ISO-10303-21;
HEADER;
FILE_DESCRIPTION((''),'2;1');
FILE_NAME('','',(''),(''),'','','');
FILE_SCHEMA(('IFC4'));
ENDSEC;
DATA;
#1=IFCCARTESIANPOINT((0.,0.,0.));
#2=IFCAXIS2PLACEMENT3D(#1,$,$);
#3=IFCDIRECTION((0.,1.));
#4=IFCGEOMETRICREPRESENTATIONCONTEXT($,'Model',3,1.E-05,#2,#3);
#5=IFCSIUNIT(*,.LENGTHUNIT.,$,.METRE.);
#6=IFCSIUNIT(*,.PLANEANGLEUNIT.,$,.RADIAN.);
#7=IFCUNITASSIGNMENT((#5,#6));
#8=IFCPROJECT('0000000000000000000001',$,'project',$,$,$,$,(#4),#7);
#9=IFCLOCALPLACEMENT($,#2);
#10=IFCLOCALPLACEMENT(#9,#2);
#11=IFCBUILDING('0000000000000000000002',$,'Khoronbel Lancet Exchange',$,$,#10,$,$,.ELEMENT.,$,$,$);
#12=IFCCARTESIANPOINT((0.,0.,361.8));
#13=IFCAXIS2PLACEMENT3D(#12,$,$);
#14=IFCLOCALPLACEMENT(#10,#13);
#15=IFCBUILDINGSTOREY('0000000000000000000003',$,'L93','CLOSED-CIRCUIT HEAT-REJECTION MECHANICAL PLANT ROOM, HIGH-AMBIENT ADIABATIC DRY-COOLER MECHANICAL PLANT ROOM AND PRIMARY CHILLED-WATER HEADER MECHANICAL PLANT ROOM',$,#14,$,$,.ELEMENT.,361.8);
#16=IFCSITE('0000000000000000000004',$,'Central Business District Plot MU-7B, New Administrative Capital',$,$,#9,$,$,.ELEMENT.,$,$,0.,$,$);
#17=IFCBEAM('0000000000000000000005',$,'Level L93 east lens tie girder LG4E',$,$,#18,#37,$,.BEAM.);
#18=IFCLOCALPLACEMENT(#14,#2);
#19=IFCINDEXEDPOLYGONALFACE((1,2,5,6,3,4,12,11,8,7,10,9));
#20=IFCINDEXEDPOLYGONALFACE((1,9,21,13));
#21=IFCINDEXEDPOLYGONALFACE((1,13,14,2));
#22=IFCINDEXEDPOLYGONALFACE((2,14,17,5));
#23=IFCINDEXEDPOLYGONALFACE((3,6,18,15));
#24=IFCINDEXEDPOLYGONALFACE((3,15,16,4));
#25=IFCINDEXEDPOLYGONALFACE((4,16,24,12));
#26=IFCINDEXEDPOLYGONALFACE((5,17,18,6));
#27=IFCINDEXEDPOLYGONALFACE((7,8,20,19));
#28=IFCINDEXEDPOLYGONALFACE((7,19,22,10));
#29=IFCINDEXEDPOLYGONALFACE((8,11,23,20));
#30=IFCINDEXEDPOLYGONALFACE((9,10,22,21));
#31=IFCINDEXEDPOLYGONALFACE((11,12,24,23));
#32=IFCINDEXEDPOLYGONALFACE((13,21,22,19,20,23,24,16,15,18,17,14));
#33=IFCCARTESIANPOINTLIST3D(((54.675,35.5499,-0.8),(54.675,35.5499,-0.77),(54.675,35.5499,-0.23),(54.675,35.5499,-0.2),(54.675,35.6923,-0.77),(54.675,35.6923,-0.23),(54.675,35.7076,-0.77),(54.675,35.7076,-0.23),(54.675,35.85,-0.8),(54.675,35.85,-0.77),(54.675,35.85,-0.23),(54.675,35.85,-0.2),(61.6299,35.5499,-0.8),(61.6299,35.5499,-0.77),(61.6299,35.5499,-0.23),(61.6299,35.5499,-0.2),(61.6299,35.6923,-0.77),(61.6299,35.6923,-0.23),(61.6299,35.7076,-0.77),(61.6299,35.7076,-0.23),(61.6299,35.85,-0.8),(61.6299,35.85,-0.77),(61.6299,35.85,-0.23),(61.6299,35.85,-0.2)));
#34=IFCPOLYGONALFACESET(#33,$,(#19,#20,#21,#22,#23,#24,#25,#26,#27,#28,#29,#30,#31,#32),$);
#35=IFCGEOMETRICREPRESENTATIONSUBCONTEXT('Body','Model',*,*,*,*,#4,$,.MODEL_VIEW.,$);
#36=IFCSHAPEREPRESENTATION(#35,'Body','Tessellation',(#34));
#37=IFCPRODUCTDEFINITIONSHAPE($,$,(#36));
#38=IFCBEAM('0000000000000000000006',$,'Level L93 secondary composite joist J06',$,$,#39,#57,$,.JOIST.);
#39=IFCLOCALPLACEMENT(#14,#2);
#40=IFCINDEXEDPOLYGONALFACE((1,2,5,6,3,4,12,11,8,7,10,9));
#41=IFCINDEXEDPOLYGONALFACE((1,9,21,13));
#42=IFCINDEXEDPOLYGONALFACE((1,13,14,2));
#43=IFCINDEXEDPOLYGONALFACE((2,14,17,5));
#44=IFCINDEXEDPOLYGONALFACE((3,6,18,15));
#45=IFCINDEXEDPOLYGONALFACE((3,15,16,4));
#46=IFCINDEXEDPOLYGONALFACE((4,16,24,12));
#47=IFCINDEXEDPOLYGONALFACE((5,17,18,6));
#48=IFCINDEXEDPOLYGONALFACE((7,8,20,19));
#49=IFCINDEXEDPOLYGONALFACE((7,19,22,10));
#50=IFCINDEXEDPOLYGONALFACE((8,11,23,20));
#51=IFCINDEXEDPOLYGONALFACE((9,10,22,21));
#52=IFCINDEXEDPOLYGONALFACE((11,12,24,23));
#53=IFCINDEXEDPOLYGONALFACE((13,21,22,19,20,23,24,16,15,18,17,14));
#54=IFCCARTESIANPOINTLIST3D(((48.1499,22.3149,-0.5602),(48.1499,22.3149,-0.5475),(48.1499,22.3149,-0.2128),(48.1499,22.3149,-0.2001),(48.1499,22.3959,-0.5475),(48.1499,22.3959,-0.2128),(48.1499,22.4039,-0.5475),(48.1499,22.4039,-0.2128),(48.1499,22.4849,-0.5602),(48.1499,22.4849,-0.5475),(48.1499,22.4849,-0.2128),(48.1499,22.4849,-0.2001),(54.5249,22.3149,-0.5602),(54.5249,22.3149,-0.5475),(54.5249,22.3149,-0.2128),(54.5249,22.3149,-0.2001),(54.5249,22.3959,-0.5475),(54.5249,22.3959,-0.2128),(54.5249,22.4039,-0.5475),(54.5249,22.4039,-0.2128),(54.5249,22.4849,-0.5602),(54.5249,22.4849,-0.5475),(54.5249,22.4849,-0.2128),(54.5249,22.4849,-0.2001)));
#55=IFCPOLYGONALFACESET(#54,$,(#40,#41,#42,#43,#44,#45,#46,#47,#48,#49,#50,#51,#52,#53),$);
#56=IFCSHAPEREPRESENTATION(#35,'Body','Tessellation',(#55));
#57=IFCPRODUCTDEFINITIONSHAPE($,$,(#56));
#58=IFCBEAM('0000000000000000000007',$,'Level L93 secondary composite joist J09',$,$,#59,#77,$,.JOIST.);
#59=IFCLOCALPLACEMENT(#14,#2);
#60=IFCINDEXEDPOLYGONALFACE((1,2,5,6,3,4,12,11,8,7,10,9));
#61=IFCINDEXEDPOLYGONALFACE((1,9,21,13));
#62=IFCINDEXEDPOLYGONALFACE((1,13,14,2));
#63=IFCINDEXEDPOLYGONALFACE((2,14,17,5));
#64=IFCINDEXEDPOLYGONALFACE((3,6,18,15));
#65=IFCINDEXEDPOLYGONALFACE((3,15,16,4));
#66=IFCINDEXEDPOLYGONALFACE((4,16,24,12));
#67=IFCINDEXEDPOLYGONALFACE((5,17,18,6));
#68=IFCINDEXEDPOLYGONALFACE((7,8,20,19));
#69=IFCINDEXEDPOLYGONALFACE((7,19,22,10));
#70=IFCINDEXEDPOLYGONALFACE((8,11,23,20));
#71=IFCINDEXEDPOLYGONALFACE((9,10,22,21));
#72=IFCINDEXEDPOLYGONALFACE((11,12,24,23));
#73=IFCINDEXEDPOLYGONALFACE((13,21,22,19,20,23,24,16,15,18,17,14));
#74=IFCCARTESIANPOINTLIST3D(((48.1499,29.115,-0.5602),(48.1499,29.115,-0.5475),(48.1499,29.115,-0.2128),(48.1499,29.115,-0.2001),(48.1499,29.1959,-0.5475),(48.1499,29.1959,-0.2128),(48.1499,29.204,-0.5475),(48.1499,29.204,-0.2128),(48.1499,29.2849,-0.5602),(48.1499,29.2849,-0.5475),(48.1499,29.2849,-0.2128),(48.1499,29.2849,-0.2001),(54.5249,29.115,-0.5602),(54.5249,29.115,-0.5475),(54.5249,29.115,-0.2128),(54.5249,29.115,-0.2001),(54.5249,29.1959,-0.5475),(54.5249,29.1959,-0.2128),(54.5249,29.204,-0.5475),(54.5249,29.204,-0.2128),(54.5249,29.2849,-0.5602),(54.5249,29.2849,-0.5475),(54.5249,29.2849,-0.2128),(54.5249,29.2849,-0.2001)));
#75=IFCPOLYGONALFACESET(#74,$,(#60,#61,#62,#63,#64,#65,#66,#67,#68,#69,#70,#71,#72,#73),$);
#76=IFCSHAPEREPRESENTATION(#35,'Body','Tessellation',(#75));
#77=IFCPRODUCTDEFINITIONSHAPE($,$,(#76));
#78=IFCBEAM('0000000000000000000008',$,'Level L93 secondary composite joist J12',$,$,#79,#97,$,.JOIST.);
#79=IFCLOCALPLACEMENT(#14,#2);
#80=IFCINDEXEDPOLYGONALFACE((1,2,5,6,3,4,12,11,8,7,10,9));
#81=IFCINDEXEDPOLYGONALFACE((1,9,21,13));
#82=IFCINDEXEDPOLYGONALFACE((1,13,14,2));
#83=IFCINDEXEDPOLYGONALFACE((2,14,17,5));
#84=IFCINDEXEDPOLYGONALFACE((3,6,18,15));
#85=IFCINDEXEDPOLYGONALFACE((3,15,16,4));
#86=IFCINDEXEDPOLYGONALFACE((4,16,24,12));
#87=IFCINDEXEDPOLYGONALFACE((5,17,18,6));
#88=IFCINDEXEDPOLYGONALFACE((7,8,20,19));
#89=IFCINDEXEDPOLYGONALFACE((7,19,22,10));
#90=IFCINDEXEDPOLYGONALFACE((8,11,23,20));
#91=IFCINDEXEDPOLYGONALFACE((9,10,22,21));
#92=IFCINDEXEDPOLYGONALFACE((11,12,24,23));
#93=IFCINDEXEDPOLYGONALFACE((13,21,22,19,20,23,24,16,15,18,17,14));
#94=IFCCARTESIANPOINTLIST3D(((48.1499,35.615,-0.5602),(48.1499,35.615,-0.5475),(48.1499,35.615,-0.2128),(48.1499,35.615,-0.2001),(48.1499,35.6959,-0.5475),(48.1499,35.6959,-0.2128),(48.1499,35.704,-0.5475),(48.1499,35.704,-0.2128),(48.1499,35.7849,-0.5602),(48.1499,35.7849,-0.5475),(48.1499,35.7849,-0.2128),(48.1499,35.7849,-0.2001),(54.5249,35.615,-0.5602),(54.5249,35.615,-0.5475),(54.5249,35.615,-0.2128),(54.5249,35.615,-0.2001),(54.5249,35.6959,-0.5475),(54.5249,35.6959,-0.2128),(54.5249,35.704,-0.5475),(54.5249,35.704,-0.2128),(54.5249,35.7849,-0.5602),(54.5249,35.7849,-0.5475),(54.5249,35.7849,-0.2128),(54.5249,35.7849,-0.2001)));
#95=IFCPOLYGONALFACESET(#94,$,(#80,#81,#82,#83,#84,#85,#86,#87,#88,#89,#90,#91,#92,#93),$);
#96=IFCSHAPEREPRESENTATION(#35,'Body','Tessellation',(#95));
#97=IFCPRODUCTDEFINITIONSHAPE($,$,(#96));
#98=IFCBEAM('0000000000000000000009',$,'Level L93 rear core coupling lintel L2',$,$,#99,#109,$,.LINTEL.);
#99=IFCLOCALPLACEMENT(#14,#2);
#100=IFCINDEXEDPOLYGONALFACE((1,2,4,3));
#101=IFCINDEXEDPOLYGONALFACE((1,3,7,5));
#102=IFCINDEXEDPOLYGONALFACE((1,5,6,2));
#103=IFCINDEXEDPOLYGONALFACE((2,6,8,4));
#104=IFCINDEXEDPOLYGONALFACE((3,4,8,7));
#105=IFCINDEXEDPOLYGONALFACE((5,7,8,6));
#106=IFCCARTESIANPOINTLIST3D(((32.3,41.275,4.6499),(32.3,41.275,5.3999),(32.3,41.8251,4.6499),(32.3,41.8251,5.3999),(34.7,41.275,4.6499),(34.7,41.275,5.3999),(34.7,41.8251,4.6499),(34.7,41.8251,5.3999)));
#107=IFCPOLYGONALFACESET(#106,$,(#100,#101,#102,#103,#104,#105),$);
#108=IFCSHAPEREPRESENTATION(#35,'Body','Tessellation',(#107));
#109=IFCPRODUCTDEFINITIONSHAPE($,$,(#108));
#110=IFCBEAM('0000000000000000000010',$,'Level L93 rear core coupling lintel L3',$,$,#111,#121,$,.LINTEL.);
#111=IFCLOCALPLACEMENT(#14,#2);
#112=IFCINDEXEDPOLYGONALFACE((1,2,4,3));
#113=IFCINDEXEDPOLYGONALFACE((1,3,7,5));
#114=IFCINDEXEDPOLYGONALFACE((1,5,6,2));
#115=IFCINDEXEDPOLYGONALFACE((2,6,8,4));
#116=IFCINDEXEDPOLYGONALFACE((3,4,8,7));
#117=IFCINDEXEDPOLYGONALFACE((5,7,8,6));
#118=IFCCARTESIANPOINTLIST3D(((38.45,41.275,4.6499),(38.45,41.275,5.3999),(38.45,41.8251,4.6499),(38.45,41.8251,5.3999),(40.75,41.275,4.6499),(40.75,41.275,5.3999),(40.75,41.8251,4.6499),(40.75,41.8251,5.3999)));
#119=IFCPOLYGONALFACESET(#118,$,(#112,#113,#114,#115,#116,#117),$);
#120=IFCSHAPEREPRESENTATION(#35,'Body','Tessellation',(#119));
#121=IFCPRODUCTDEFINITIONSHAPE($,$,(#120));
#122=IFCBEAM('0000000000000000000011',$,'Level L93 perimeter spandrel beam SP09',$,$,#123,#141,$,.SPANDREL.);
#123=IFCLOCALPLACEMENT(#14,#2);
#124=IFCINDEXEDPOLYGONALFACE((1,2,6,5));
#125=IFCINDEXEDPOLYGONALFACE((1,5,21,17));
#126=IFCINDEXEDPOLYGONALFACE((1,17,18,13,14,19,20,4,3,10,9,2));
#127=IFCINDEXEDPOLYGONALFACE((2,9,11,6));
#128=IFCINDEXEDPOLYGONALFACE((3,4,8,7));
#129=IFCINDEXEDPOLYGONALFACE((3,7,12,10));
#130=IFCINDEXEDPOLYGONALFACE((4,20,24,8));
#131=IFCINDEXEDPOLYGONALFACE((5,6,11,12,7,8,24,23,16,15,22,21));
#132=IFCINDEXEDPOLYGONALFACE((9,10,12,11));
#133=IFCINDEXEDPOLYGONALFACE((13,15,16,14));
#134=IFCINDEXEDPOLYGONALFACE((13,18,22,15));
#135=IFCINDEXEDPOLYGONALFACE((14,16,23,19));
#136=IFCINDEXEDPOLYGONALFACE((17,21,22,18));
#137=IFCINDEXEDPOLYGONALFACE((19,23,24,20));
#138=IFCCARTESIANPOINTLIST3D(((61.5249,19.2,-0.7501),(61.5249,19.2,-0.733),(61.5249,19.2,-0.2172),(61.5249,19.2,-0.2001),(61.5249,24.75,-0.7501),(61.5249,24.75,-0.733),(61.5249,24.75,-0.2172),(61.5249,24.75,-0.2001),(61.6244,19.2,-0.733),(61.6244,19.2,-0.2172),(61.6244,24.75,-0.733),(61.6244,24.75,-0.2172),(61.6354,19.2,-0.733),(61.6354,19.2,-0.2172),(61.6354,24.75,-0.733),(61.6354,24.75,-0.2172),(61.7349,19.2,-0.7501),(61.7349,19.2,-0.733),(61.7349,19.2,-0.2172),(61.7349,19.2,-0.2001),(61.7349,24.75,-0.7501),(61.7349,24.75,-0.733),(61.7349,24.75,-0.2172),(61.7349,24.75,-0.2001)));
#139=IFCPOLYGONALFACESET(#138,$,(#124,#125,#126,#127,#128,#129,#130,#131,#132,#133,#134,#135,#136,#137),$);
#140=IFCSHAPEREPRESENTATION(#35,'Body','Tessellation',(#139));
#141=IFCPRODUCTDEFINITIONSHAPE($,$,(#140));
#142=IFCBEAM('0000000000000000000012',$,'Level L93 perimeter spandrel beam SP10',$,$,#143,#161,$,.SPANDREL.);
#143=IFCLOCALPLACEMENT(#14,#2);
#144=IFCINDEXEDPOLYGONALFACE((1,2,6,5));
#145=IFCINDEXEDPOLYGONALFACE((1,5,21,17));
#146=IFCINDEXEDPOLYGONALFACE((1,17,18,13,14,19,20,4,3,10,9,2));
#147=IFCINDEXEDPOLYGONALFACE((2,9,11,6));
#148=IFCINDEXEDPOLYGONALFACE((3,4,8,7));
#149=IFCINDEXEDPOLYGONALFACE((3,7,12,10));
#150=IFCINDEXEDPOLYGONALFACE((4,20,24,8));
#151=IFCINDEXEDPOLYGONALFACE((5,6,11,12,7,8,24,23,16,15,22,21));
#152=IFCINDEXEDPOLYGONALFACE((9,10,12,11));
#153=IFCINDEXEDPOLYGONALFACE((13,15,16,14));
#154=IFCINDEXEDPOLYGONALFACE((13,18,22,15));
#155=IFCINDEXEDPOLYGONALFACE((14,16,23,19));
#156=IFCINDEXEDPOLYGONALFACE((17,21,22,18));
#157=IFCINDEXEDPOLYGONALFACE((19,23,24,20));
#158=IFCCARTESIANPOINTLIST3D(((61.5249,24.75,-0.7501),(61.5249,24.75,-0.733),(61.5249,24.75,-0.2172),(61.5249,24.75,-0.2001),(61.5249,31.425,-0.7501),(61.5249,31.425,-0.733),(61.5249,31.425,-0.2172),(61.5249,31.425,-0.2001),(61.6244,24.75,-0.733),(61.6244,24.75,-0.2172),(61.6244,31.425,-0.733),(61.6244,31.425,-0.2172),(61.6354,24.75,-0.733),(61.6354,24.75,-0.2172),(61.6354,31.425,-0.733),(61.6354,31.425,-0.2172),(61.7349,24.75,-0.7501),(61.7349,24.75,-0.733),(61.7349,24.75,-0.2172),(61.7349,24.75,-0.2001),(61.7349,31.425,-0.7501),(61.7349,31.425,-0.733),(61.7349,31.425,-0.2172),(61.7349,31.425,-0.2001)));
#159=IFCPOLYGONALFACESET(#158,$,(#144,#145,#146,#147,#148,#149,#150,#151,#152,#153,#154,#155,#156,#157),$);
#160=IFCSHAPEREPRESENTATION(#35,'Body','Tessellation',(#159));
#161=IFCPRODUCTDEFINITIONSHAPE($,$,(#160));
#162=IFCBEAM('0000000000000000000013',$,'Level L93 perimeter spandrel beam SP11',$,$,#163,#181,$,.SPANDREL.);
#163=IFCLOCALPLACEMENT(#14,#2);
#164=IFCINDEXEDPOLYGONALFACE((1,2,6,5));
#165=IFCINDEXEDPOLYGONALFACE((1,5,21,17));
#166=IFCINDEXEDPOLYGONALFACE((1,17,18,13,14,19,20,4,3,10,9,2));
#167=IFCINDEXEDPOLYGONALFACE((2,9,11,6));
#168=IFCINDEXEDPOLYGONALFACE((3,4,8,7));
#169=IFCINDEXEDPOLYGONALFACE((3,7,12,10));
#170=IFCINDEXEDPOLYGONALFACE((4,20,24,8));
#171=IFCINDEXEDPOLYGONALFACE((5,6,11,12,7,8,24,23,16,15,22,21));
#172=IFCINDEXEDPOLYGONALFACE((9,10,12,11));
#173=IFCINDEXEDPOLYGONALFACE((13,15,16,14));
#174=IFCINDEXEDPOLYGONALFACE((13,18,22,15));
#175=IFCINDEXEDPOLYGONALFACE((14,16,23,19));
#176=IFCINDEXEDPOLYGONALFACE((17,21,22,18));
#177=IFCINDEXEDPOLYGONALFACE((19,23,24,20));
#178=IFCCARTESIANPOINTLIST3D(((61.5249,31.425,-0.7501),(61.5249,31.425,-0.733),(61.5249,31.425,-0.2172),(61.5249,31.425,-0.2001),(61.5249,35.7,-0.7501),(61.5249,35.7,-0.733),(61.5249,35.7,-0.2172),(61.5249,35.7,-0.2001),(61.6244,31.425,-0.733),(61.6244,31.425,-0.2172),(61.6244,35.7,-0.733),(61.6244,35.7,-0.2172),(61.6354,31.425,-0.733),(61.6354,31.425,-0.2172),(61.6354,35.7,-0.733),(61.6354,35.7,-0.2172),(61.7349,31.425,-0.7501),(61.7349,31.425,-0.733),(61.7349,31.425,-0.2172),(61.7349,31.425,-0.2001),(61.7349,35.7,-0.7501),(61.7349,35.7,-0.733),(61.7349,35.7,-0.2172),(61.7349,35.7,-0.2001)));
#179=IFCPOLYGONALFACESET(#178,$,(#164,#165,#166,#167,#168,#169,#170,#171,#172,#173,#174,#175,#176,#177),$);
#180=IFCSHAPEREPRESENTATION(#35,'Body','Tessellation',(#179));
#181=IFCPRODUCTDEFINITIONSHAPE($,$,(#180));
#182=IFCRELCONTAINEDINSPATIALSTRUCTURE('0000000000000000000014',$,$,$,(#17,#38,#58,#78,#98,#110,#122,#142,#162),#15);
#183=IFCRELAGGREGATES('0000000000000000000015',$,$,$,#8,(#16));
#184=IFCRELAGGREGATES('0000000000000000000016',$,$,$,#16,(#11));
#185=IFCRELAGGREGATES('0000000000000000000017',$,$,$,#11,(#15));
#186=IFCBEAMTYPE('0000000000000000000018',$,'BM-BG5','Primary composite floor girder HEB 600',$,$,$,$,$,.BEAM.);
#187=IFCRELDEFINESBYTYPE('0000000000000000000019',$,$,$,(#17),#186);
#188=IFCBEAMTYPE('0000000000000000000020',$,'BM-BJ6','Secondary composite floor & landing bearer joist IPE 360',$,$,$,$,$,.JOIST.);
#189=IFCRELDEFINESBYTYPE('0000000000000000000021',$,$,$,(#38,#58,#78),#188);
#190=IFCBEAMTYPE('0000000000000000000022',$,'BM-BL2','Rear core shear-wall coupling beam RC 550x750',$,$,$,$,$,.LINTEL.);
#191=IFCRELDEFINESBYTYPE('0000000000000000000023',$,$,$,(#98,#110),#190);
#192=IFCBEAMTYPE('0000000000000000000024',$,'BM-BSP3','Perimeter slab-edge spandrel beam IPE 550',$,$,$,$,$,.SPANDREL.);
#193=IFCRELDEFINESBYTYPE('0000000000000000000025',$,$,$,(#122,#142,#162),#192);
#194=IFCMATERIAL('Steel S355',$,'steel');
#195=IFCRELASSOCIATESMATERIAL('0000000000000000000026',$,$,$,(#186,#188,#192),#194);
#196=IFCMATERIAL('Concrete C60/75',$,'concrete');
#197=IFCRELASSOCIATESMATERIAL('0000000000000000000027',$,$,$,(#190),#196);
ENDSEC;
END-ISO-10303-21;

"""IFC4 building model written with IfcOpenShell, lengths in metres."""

from ifc_helpers import new_model, si_unit, direction, frame, origin, origin_2d, place, context, subcontext, project, spatial, rectangle, i_section, extrude, material, material_profile, profile_set, type_object, element, save


model = new_model("IFC4")

# Units and contexts
model_context = context("Model", 3, precision=1e-05, world=origin(), true_north=direction((0.0, 1.0)))
body_context = subcontext(model_context, "Body", "Model", "MODEL_VIEW")
ifc_project = project(units=[si_unit("LENGTHUNIT", "METRE"), si_unit("PLANEANGLEUNIT", "RADIAN")], contexts=[model_context])

# Site, building, storey
site_placement = place(None, origin())
site = spatial("IfcSite", under=ifc_project, at=site_placement, Name="Central Business District Plot MU-7B, New Administrative Capital", CompositionType="ELEMENT", RefElevation=0.0)
building_placement = place(site_placement, origin())
building = spatial("IfcBuilding", under=site, at=building_placement, Name="Khoronbel Lancet Exchange", CompositionType="ELEMENT")
storey_placement = place(building_placement, frame((0.0, 0.0, 361.8)))
storey = spatial("IfcBuildingStorey", under=building, at=storey_placement, Name="L93", Description="CLOSED-CIRCUIT HEAT-REJECTION MECHANICAL PLANT ROOM, HIGH-AMBIENT ADIABATIC DRY-COOLER MECHANICAL PLANT ROOM AND PRIMARY CHILLED-WATER HEADER MECHANICAL PLANT ROOM", CompositionType="ELEMENT", Elevation=361.8)

# Shared definitions
ifc_material_1 = material(Name="Steel S355", Category="steel")

# Beams
ifc_material_profile_1 = material_profile(ifc_material_1, i_section(OverallWidth=0.3, OverallDepth=0.6001, WebThickness=0.0154, FlangeThickness=0.03, at=origin_2d()), Name="HEB 600")
ifc_profile_set_1 = profile_set([ifc_material_profile_1], Name="Steel S355")
beam_type_1 = type_object("IfcBeamType", Name="BM-BG5", Description="Primary composite floor girder HEB 600", PredefinedType="BEAM", material=ifc_profile_set_1)
for number, where, z_axis, x_axis, name in (
    (1, (54.675, 35.7, -0.5), (1.0, 0.0, 0.0), (0.0, 1.0, 0.0), "Level L93 east lens tie girder LG4E"),
):
    element("IfcBeam", number, at=place(storey_placement, frame(where, z_axis=z_axis, x_axis=x_axis)), inside=storey, type_object=beam_type_1, Name=name, PredefinedType="BEAM", context=body_context, shape_type="SweptSolid", body=[
        extrude(i_section(OverallWidth=0.3, OverallDepth=0.6001, WebThickness=0.0154, FlangeThickness=0.03, at=origin_2d()), origin(), (0.0, 0.0, 1.0), 6.9548),
    ])
ifc_material_profile_2 = material_profile(ifc_material_1, i_section(OverallWidth=0.1699, OverallDepth=0.3601, WebThickness=0.0081, FlangeThickness=0.0127, at=origin_2d()), Name="IPE 360")
ifc_profile_set_2 = profile_set([ifc_material_profile_2], Name="Steel S355")
beam_type_2 = type_object("IfcBeamType", Name="BM-BJ6", Description="Secondary composite floor & landing bearer joist IPE 360", PredefinedType="JOIST", material=ifc_profile_set_2)
for number, where, z_axis, x_axis, name in (
    (2, (48.1499, 22.3999, -0.3801), (1.0, 0.0, 0.0), (0.0, 1.0, 0.0), "Level L93 secondary composite joist J06"),
    (3, (48.1499, 29.2, -0.3801), (1.0, 0.0, 0.0), (0.0, 1.0, 0.0), "Level L93 secondary composite joist J09"),
    (4, (48.1499, 35.7, -0.3801), (1.0, 0.0, 0.0), (0.0, 1.0, 0.0), "Level L93 secondary composite joist J12"),
):
    element("IfcBeam", number, at=place(storey_placement, frame(where, z_axis=z_axis, x_axis=x_axis)), inside=storey, type_object=beam_type_2, Name=name, PredefinedType="JOIST", context=body_context, shape_type="SweptSolid", body=[
        extrude(i_section(OverallWidth=0.1699, OverallDepth=0.3601, WebThickness=0.0081, FlangeThickness=0.0127, at=origin_2d()), origin(), (0.0, 0.0, 1.0), 6.375),
    ])
ifc_material_2 = material(Name="Concrete C60/75", Category="concrete")
ifc_material_profile_3 = material_profile(ifc_material_2, rectangle(XDim=0.55, YDim=0.75, at=origin_2d()), Name="RC 550x750")
ifc_profile_set_3 = profile_set([ifc_material_profile_3], Name="Concrete C60/75")
beam_type_3 = type_object("IfcBeamType", Name="BM-BL2", Description="Rear core shear-wall coupling beam RC 550x750", PredefinedType="LINTEL", material=ifc_profile_set_3)
beam_1_placement = place(storey_placement, frame((32.3, 41.55, 5.0249), z_axis=(1.0, 0.0, 0.0), x_axis=(0.0, 1.0, 0.0)))
element("IfcBeam", 5, at=beam_1_placement, inside=storey, type_object=beam_type_3, Name="Level L93 rear core coupling lintel L2", PredefinedType="LINTEL", context=body_context, shape_type="SweptSolid", body=[
    extrude(rectangle(XDim=0.55, YDim=0.75, at=origin_2d()), origin(), (0.0, 0.0, 1.0), 2.3999),
])
beam_2_placement = place(storey_placement, frame((38.45, 41.55, 5.0249), z_axis=(1.0, 0.0, 0.0), x_axis=(0.0, 1.0, 0.0)))
element("IfcBeam", 6, at=beam_2_placement, inside=storey, type_object=beam_type_3, Name="Level L93 rear core coupling lintel L3", PredefinedType="LINTEL", context=body_context, shape_type="SweptSolid", body=[
    extrude(rectangle(XDim=0.55, YDim=0.75, at=origin_2d()), origin(), (0.0, 0.0, 1.0), 2.3),
])
ifc_material_profile_4 = material_profile(ifc_material_1, i_section(OverallWidth=0.21, OverallDepth=0.55, WebThickness=0.011, FlangeThickness=0.0171, at=origin_2d()), Name="IPE 550")
ifc_profile_set_4 = profile_set([ifc_material_profile_4], Name="Steel S355")
beam_type_4 = type_object("IfcBeamType", Name="BM-BSP3", Description="Perimeter slab-edge spandrel beam IPE 550", PredefinedType="SPANDREL", material=ifc_profile_set_4)
beam_3_placement = place(storey_placement, frame((61.6299, 19.2, -0.4751), z_axis=(0.0, 1.0, 0.0), x_axis=(-1.0, 0.0, 0.0)))
element("IfcBeam", 7, at=beam_3_placement, inside=storey, type_object=beam_type_4, Name="Level L93 perimeter spandrel beam SP09", PredefinedType="SPANDREL", context=body_context, shape_type="SweptSolid", body=[
    extrude(i_section(OverallWidth=0.21, OverallDepth=0.55, WebThickness=0.011, FlangeThickness=0.0171, at=origin_2d()), origin(), (0.0, 0.0, 1.0), 5.55),
])
beam_4_placement = place(storey_placement, frame((61.6299, 24.75, -0.4751), z_axis=(0.0, 1.0, 0.0), x_axis=(-1.0, 0.0, 0.0)))
element("IfcBeam", 8, at=beam_4_placement, inside=storey, type_object=beam_type_4, Name="Level L93 perimeter spandrel beam SP10", PredefinedType="SPANDREL", context=body_context, shape_type="SweptSolid", body=[
    extrude(i_section(OverallWidth=0.21, OverallDepth=0.55, WebThickness=0.011, FlangeThickness=0.0171, at=origin_2d()), origin(), (0.0, 0.0, 1.0), 6.675),
])
beam_5_placement = place(storey_placement, frame((61.6299, 31.425, -0.4751), z_axis=(0.0, 1.0, 0.0), x_axis=(-1.0, 0.0, 0.0)))
element("IfcBeam", 9, at=beam_5_placement, inside=storey, type_object=beam_type_4, Name="Level L93 perimeter spandrel beam SP11", PredefinedType="SPANDREL", context=body_context, shape_type="SweptSolid", body=[
    extrude(i_section(OverallWidth=0.21, OverallDepth=0.55, WebThickness=0.011, FlangeThickness=0.0171, at=origin_2d()), origin(), (0.0, 0.0, 1.0), 4.2749),
])

save(model, "model.ifc")
